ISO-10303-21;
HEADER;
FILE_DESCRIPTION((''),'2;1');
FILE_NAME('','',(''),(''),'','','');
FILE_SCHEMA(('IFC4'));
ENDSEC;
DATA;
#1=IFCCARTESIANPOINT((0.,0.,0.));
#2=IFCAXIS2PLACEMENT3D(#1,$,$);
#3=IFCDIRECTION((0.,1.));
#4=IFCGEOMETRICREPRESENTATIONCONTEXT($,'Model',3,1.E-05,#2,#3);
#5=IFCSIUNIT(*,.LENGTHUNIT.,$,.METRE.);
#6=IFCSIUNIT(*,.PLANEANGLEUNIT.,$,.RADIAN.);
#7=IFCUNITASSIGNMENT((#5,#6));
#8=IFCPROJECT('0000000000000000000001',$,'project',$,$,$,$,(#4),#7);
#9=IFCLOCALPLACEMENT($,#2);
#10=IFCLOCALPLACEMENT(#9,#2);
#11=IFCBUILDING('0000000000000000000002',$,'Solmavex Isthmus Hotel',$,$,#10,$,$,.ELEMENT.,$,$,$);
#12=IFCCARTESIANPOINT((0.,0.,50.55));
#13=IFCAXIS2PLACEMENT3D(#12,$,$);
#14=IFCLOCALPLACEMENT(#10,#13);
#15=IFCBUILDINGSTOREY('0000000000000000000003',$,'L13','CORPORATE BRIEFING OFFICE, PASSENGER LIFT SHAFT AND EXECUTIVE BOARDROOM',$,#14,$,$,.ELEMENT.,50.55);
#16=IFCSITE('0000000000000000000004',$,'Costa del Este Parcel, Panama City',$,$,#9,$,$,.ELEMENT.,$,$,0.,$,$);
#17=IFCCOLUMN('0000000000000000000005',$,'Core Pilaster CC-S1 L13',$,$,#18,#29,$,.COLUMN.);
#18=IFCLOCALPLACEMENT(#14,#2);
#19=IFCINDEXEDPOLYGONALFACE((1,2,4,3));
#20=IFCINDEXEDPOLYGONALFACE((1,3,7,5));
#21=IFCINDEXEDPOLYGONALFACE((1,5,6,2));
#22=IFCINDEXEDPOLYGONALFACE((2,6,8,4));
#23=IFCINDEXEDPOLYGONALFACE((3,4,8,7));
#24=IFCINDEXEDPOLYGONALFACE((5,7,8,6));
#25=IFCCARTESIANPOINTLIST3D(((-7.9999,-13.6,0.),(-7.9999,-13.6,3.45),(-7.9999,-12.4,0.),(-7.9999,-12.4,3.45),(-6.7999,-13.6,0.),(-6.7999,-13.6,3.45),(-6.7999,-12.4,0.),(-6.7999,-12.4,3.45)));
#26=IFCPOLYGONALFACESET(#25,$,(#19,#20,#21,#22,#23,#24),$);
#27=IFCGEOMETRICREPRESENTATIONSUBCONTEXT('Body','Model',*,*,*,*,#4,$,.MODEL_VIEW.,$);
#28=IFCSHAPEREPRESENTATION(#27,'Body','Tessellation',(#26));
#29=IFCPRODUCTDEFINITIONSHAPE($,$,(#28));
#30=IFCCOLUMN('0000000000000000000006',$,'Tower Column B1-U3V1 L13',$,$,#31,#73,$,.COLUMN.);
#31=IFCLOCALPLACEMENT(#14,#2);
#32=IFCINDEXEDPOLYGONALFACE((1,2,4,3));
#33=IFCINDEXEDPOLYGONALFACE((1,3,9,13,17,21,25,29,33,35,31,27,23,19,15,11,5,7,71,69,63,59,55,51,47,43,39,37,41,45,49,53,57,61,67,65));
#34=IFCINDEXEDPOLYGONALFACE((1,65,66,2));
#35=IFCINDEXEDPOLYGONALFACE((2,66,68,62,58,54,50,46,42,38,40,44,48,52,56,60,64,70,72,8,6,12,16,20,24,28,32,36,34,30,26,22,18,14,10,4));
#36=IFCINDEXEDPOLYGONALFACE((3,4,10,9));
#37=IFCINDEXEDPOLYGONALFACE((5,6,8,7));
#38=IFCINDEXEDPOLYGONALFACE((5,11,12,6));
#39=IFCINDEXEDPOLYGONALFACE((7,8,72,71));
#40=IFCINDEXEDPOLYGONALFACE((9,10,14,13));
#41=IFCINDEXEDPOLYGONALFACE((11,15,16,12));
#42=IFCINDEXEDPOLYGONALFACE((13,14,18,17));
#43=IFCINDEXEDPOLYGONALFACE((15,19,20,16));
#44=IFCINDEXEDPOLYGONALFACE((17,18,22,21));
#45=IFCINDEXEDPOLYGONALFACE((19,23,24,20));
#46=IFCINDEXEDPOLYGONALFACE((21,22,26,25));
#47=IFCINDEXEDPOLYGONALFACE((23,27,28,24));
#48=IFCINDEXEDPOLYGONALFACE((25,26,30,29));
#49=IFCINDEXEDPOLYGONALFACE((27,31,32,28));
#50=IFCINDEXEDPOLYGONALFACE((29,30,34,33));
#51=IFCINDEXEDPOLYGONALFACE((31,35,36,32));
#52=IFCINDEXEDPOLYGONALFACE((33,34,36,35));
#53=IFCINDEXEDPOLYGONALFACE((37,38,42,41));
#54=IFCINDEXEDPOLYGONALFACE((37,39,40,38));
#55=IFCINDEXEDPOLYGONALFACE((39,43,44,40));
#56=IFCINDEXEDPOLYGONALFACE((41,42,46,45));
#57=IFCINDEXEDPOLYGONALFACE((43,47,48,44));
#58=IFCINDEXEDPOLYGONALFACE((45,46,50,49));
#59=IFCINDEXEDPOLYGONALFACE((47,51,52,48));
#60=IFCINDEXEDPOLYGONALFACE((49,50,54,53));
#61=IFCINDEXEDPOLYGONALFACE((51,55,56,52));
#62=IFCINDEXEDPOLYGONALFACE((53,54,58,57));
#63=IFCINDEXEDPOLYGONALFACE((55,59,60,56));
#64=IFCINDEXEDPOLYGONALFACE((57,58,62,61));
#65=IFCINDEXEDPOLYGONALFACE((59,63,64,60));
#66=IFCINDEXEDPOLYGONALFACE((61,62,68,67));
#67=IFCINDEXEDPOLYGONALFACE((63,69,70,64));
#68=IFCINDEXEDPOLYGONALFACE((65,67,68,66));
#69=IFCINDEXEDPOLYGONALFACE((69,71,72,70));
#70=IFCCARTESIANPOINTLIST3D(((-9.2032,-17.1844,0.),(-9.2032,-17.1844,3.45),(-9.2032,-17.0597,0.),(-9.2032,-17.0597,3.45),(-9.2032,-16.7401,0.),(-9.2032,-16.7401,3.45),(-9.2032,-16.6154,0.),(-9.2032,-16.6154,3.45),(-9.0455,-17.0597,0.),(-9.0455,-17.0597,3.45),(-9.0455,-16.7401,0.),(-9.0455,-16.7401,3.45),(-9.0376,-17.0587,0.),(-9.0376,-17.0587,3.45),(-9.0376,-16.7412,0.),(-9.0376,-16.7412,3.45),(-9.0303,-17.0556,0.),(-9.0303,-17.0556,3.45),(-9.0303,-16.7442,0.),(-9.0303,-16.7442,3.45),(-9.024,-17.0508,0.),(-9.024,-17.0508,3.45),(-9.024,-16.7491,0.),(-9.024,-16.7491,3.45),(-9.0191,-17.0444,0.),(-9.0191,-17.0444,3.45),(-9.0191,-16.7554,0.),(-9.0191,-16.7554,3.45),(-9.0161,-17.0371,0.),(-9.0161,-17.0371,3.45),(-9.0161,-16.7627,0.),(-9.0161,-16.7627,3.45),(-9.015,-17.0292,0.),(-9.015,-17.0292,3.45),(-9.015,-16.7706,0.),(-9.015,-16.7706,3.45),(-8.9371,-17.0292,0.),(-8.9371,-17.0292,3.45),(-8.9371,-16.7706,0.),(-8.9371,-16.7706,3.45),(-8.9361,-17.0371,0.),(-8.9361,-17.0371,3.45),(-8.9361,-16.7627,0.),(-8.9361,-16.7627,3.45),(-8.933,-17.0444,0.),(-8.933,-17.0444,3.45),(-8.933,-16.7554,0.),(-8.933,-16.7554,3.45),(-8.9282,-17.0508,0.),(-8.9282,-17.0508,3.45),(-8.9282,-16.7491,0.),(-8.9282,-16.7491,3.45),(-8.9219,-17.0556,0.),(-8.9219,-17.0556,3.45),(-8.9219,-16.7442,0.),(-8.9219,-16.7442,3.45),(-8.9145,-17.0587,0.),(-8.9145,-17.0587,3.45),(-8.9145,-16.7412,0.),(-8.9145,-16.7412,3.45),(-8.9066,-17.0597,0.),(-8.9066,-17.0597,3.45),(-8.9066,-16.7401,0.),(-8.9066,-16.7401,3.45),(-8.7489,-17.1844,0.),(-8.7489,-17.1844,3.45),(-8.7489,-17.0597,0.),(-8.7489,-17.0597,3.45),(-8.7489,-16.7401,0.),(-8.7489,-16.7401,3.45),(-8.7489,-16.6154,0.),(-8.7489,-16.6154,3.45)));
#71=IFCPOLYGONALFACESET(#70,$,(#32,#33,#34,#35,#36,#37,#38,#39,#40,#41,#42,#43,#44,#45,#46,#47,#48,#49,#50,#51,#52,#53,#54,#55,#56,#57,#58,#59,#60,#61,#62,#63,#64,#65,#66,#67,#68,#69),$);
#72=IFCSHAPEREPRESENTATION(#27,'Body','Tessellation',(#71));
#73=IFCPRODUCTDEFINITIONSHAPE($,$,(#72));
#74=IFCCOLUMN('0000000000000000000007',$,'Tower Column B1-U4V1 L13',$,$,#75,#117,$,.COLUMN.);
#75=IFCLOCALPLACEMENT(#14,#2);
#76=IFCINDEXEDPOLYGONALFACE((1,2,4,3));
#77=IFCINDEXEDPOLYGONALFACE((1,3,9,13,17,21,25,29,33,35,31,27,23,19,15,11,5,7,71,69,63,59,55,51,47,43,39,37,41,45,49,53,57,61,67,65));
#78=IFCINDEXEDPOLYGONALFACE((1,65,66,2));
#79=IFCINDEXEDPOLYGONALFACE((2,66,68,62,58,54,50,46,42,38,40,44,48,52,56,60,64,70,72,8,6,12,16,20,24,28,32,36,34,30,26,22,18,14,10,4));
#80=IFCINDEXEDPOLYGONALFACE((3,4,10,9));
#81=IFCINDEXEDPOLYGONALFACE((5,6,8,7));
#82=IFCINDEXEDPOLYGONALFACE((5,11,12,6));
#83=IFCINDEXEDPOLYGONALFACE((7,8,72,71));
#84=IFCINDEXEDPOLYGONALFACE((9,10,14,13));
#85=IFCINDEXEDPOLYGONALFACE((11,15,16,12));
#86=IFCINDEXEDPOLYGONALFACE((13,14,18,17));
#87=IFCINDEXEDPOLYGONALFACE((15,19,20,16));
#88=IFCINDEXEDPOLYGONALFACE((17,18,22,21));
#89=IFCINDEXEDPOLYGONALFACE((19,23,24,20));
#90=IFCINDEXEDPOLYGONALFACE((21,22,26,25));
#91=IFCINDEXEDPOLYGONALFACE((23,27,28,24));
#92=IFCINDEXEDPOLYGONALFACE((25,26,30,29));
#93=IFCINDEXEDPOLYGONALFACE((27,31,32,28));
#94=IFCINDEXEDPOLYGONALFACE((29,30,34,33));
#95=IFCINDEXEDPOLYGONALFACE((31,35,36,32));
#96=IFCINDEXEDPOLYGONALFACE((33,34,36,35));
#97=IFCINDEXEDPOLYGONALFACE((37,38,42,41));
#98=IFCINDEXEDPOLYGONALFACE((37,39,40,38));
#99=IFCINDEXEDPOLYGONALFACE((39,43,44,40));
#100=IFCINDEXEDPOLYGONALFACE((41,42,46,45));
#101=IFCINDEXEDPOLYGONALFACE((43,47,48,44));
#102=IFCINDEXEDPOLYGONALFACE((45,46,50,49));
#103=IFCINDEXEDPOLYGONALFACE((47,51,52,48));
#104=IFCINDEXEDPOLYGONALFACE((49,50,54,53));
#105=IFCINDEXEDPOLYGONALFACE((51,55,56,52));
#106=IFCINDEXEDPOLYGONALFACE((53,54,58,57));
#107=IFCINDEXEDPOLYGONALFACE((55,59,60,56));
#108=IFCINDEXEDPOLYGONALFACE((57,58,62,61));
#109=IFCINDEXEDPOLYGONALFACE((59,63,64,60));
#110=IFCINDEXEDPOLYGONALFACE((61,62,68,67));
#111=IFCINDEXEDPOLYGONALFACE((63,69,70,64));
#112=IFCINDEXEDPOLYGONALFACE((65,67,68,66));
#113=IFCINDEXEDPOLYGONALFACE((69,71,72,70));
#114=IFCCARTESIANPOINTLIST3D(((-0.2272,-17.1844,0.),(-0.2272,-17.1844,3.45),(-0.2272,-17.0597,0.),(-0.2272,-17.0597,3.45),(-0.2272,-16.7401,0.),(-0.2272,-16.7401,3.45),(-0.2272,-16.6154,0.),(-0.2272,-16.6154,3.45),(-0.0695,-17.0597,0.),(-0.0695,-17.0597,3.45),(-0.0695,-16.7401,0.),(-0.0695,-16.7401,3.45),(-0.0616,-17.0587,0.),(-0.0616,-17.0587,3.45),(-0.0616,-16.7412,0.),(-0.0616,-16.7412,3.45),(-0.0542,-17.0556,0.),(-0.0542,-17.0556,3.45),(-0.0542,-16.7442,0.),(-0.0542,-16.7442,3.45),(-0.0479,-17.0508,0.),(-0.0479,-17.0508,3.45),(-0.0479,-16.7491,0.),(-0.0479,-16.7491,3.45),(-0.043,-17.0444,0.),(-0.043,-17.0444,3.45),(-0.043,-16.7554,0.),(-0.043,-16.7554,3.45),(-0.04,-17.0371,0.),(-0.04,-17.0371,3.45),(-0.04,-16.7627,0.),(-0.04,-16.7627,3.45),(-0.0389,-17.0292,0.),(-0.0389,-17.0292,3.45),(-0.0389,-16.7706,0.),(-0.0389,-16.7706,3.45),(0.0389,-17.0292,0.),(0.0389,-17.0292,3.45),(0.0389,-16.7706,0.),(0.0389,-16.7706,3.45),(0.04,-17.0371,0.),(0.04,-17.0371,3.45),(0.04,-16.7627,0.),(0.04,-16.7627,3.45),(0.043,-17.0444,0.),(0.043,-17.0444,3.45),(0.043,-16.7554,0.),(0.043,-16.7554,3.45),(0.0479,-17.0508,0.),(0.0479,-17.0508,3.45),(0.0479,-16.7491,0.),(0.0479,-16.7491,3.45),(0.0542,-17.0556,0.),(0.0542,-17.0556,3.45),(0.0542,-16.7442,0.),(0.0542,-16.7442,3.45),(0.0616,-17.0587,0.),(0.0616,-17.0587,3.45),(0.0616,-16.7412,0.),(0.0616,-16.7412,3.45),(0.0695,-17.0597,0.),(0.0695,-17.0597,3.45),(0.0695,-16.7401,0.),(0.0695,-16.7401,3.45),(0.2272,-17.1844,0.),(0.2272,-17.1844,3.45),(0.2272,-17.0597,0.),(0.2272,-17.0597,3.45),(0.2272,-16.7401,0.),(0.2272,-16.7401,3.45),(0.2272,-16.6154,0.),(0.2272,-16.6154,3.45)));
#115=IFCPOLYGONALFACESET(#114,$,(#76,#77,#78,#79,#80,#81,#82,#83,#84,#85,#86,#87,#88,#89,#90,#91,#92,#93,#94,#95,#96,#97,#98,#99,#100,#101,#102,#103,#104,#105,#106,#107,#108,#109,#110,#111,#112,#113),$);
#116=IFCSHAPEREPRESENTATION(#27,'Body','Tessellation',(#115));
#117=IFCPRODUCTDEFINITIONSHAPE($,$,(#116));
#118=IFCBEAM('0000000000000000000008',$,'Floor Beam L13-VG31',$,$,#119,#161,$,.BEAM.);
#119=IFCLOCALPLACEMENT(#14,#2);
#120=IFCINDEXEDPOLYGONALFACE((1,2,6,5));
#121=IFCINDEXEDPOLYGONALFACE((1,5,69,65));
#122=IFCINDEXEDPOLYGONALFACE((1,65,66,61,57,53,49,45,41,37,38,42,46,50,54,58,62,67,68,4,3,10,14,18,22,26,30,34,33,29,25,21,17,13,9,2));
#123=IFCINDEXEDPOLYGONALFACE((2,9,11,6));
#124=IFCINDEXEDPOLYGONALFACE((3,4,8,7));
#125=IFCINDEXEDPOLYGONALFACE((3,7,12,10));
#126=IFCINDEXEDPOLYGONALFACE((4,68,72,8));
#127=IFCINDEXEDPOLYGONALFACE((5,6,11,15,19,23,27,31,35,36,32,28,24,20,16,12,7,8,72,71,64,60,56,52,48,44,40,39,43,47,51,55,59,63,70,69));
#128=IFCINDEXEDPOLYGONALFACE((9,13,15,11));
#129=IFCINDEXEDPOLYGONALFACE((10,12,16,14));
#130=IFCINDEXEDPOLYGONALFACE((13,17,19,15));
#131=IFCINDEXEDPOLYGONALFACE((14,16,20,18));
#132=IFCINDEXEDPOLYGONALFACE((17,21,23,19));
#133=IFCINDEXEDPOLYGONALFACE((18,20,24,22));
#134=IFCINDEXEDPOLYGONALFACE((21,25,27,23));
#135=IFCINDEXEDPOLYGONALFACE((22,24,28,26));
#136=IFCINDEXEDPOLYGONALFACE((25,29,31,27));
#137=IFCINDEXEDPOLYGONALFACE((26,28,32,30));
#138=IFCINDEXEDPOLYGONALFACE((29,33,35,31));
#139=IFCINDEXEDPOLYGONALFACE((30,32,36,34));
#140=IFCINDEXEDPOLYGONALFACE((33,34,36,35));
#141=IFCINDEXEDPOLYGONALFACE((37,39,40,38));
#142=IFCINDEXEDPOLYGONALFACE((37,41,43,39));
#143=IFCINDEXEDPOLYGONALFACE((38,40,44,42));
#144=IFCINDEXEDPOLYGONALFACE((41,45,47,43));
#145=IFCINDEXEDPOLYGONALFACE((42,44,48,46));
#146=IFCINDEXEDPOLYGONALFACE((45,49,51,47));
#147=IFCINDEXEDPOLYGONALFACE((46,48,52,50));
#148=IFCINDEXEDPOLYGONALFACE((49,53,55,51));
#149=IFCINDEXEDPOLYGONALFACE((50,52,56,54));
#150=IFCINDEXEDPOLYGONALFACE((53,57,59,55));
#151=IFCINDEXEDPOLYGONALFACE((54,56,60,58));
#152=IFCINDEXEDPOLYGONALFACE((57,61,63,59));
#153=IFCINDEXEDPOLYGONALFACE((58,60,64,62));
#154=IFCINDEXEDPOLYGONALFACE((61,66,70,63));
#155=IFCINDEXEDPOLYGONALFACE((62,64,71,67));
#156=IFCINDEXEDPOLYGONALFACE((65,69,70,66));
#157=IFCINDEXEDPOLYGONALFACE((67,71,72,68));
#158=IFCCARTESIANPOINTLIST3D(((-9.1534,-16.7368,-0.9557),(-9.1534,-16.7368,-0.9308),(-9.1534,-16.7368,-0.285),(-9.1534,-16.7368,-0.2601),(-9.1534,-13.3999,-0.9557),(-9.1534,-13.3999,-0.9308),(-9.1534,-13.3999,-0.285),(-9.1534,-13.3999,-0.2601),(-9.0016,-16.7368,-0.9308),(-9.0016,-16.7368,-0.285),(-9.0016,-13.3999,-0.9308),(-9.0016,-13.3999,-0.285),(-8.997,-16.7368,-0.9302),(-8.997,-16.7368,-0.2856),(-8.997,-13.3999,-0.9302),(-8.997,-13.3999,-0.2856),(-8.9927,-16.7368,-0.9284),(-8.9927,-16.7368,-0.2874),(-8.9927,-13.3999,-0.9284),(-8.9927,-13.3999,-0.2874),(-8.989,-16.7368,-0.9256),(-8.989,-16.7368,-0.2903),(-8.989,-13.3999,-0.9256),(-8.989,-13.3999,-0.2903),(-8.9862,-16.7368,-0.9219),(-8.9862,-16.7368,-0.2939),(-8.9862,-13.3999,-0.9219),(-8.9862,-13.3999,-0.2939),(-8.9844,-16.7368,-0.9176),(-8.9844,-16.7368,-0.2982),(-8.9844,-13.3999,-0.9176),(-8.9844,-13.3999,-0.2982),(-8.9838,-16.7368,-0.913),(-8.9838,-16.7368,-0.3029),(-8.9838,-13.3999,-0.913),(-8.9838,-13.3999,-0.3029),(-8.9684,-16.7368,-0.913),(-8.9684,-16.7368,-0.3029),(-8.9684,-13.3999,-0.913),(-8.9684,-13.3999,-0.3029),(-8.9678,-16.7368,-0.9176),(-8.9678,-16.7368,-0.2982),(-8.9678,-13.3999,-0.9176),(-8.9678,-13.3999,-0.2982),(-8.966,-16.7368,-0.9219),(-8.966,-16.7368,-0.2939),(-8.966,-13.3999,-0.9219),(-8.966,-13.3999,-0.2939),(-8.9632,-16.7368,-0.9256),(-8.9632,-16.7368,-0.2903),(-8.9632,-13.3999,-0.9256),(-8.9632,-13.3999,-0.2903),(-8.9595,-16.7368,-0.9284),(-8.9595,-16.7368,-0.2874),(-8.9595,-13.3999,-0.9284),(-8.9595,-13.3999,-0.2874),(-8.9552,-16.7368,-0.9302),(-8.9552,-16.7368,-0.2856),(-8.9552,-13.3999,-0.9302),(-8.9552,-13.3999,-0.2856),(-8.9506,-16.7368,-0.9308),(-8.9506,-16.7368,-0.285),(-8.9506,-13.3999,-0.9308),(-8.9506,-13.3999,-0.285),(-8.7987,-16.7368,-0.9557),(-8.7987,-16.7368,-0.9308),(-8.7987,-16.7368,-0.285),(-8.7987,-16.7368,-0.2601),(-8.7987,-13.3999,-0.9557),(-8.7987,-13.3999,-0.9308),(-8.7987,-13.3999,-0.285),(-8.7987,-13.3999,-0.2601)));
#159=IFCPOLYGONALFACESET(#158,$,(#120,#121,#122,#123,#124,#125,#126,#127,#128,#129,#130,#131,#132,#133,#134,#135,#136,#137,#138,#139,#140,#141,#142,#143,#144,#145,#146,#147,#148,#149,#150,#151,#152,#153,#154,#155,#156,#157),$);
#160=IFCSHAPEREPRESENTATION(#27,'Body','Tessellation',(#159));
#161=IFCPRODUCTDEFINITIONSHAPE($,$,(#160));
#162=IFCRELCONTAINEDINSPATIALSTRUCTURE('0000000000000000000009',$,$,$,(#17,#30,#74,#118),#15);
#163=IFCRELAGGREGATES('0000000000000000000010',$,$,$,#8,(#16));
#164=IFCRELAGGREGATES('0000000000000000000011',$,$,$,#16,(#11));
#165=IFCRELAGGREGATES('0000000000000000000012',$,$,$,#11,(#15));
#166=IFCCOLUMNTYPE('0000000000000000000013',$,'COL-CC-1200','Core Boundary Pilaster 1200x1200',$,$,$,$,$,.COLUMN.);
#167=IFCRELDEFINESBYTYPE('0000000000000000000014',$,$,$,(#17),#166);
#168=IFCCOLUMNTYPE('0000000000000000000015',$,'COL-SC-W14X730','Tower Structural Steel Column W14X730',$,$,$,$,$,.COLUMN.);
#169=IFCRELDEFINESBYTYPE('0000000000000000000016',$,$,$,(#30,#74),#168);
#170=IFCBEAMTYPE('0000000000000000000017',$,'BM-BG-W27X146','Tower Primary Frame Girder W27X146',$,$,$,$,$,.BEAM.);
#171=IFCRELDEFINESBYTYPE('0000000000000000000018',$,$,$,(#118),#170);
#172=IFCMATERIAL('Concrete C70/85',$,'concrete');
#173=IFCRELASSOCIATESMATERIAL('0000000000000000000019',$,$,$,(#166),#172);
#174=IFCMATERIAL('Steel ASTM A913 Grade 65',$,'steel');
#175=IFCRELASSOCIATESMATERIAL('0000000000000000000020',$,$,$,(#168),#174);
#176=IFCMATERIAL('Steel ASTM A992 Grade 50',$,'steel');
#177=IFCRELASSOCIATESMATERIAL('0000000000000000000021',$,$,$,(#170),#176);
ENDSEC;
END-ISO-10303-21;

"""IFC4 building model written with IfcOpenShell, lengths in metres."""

from ifc_helpers import new_model, si_unit, direction, frame, origin, origin_2d, place, context, subcontext, project, spatial, rectangle, i_section, extrude, material, material_profile, profile_set, type_object, element, save


model = new_model("IFC4")

# Units and contexts
model_context = context("Model", 3, precision=1e-05, world=origin(), true_north=direction((0.0, 1.0)))
body_context = subcontext(model_context, "Body", "Model", "MODEL_VIEW")
ifc_project = project(units=[si_unit("LENGTHUNIT", "METRE"), si_unit("PLANEANGLEUNIT", "RADIAN")], contexts=[model_context])

# Site, building, storey
site_placement = place(None, origin())
site = spatial("IfcSite", under=ifc_project, at=site_placement, Name="Costa del Este Parcel, Panama City", CompositionType="ELEMENT", RefElevation=0.0)
building_placement = place(site_placement, origin())
building = spatial("IfcBuilding", under=site, at=building_placement, Name="Solmavex Isthmus Hotel", CompositionType="ELEMENT")
storey_placement = place(building_placement, frame((0.0, 0.0, 50.55)))
storey = spatial("IfcBuildingStorey", under=building, at=storey_placement, Name="L13", Description="CORPORATE BRIEFING OFFICE, PASSENGER LIFT SHAFT AND EXECUTIVE BOARDROOM", CompositionType="ELEMENT", Elevation=50.55)

# Columns
ifc_material_1 = material(Name="Concrete C70/85", Category="concrete")
ifc_material_profile_1 = material_profile(ifc_material_1, rectangle(XDim=1.2, YDim=1.2, at=origin_2d()), Name="RC1200X1200")
ifc_profile_set_1 = profile_set([ifc_material_profile_1], Name="Concrete C70/85")
column_type_1 = type_object("IfcColumnType", Name="COL-CC-1200", Description="Core Boundary Pilaster 1200x1200", PredefinedType="COLUMN", material=ifc_profile_set_1)
column_placement = place(storey_placement, frame((-7.3999, -13.0, 0.0), z_axis=(0.0, 0.0, 1.0), x_axis=(1.0, 0.0, 0.0)))
element("IfcColumn", 1, at=column_placement, inside=storey, type_object=column_type_1, Name="Core Pilaster CC-S1 L13", PredefinedType="COLUMN", context=body_context, shape_type="SweptSolid", body=[
    extrude(rectangle(XDim=1.2, YDim=1.2, at=origin_2d()), origin(), (0.0, 0.0, 1.0), 3.45),
])
ifc_material_2 = material(Name="Steel ASTM A913 Grade 65", Category="steel")
ifc_material_profile_2 = material_profile(ifc_material_2, i_section(OverallWidth=0.4543, OverallDepth=0.5691, WebThickness=0.0779, FlangeThickness=0.1248, FilletRadius=0.0305, at=origin_2d()), Name="W14X730")
ifc_profile_set_2 = profile_set([ifc_material_profile_2], Name="Steel ASTM A913 Grade 65")
column_type_2 = type_object("IfcColumnType", Name="COL-SC-W14X730", Description="Tower Structural Steel Column W14X730", PredefinedType="COLUMN", material=ifc_profile_set_2)
for number, where, z_axis, x_axis, name in (
    (2, (-8.9761, -16.8999, 0.0), (0.0, 0.0, 1.0), (1.0, 0.0, 0.0), "Tower Column B1-U3V1 L13"),
    (3, (0.0, -16.8999, 0.0), (0.0, 0.0, 1.0), (1.0, 0.0, 0.0), "Tower Column B1-U4V1 L13"),
):
    element("IfcColumn", number, at=place(storey_placement, frame(where, z_axis=z_axis, x_axis=x_axis)), inside=storey, type_object=column_type_2, Name=name, PredefinedType="COLUMN", context=body_context, shape_type="SweptSolid", body=[
        extrude(i_section(OverallWidth=0.4543, OverallDepth=0.5691, WebThickness=0.0779, FlangeThickness=0.1248, FilletRadius=0.0305, at=origin_2d()), origin(), (0.0, 0.0, 1.0), 3.45),
    ])

# Beam
ifc_material_3 = material(Name="Steel ASTM A992 Grade 50", Category="steel")
ifc_material_profile_3 = material_profile(ifc_material_3, i_section(OverallWidth=0.3547, OverallDepth=0.6956, WebThickness=0.0154, FlangeThickness=0.0249, FilletRadius=0.0178, at=origin_2d()), Name="W27X146")
ifc_profile_set_3 = profile_set([ifc_material_profile_3], Name="Steel ASTM A992 Grade 50")
beam_type_1 = type_object("IfcBeamType", Name="BM-BG-W27X146", Description="Tower Primary Frame Girder W27X146", PredefinedType="BEAM", material=ifc_profile_set_3)
for number, where, z_axis, x_axis, name in (
    (4, (-8.9761, -16.7368, -0.6079), (0.0, 1.0, 0.0), (-1.0, 0.0, 0.0), "Floor Beam L13-VG31"),
):
    element("IfcBeam", number, at=place(storey_placement, frame(where, z_axis=z_axis, x_axis=x_axis)), inside=storey, type_object=beam_type_1, Name=name, PredefinedType="BEAM", context=body_context, shape_type="SweptSolid", body=[
        extrude(i_section(OverallWidth=0.3547, OverallDepth=0.6956, WebThickness=0.0154, FlangeThickness=0.0249, FilletRadius=0.0178, at=origin_2d()), origin(), (0.0, 0.0, 1.0), 3.3369),
    ])

save(model, "model.ifc")
